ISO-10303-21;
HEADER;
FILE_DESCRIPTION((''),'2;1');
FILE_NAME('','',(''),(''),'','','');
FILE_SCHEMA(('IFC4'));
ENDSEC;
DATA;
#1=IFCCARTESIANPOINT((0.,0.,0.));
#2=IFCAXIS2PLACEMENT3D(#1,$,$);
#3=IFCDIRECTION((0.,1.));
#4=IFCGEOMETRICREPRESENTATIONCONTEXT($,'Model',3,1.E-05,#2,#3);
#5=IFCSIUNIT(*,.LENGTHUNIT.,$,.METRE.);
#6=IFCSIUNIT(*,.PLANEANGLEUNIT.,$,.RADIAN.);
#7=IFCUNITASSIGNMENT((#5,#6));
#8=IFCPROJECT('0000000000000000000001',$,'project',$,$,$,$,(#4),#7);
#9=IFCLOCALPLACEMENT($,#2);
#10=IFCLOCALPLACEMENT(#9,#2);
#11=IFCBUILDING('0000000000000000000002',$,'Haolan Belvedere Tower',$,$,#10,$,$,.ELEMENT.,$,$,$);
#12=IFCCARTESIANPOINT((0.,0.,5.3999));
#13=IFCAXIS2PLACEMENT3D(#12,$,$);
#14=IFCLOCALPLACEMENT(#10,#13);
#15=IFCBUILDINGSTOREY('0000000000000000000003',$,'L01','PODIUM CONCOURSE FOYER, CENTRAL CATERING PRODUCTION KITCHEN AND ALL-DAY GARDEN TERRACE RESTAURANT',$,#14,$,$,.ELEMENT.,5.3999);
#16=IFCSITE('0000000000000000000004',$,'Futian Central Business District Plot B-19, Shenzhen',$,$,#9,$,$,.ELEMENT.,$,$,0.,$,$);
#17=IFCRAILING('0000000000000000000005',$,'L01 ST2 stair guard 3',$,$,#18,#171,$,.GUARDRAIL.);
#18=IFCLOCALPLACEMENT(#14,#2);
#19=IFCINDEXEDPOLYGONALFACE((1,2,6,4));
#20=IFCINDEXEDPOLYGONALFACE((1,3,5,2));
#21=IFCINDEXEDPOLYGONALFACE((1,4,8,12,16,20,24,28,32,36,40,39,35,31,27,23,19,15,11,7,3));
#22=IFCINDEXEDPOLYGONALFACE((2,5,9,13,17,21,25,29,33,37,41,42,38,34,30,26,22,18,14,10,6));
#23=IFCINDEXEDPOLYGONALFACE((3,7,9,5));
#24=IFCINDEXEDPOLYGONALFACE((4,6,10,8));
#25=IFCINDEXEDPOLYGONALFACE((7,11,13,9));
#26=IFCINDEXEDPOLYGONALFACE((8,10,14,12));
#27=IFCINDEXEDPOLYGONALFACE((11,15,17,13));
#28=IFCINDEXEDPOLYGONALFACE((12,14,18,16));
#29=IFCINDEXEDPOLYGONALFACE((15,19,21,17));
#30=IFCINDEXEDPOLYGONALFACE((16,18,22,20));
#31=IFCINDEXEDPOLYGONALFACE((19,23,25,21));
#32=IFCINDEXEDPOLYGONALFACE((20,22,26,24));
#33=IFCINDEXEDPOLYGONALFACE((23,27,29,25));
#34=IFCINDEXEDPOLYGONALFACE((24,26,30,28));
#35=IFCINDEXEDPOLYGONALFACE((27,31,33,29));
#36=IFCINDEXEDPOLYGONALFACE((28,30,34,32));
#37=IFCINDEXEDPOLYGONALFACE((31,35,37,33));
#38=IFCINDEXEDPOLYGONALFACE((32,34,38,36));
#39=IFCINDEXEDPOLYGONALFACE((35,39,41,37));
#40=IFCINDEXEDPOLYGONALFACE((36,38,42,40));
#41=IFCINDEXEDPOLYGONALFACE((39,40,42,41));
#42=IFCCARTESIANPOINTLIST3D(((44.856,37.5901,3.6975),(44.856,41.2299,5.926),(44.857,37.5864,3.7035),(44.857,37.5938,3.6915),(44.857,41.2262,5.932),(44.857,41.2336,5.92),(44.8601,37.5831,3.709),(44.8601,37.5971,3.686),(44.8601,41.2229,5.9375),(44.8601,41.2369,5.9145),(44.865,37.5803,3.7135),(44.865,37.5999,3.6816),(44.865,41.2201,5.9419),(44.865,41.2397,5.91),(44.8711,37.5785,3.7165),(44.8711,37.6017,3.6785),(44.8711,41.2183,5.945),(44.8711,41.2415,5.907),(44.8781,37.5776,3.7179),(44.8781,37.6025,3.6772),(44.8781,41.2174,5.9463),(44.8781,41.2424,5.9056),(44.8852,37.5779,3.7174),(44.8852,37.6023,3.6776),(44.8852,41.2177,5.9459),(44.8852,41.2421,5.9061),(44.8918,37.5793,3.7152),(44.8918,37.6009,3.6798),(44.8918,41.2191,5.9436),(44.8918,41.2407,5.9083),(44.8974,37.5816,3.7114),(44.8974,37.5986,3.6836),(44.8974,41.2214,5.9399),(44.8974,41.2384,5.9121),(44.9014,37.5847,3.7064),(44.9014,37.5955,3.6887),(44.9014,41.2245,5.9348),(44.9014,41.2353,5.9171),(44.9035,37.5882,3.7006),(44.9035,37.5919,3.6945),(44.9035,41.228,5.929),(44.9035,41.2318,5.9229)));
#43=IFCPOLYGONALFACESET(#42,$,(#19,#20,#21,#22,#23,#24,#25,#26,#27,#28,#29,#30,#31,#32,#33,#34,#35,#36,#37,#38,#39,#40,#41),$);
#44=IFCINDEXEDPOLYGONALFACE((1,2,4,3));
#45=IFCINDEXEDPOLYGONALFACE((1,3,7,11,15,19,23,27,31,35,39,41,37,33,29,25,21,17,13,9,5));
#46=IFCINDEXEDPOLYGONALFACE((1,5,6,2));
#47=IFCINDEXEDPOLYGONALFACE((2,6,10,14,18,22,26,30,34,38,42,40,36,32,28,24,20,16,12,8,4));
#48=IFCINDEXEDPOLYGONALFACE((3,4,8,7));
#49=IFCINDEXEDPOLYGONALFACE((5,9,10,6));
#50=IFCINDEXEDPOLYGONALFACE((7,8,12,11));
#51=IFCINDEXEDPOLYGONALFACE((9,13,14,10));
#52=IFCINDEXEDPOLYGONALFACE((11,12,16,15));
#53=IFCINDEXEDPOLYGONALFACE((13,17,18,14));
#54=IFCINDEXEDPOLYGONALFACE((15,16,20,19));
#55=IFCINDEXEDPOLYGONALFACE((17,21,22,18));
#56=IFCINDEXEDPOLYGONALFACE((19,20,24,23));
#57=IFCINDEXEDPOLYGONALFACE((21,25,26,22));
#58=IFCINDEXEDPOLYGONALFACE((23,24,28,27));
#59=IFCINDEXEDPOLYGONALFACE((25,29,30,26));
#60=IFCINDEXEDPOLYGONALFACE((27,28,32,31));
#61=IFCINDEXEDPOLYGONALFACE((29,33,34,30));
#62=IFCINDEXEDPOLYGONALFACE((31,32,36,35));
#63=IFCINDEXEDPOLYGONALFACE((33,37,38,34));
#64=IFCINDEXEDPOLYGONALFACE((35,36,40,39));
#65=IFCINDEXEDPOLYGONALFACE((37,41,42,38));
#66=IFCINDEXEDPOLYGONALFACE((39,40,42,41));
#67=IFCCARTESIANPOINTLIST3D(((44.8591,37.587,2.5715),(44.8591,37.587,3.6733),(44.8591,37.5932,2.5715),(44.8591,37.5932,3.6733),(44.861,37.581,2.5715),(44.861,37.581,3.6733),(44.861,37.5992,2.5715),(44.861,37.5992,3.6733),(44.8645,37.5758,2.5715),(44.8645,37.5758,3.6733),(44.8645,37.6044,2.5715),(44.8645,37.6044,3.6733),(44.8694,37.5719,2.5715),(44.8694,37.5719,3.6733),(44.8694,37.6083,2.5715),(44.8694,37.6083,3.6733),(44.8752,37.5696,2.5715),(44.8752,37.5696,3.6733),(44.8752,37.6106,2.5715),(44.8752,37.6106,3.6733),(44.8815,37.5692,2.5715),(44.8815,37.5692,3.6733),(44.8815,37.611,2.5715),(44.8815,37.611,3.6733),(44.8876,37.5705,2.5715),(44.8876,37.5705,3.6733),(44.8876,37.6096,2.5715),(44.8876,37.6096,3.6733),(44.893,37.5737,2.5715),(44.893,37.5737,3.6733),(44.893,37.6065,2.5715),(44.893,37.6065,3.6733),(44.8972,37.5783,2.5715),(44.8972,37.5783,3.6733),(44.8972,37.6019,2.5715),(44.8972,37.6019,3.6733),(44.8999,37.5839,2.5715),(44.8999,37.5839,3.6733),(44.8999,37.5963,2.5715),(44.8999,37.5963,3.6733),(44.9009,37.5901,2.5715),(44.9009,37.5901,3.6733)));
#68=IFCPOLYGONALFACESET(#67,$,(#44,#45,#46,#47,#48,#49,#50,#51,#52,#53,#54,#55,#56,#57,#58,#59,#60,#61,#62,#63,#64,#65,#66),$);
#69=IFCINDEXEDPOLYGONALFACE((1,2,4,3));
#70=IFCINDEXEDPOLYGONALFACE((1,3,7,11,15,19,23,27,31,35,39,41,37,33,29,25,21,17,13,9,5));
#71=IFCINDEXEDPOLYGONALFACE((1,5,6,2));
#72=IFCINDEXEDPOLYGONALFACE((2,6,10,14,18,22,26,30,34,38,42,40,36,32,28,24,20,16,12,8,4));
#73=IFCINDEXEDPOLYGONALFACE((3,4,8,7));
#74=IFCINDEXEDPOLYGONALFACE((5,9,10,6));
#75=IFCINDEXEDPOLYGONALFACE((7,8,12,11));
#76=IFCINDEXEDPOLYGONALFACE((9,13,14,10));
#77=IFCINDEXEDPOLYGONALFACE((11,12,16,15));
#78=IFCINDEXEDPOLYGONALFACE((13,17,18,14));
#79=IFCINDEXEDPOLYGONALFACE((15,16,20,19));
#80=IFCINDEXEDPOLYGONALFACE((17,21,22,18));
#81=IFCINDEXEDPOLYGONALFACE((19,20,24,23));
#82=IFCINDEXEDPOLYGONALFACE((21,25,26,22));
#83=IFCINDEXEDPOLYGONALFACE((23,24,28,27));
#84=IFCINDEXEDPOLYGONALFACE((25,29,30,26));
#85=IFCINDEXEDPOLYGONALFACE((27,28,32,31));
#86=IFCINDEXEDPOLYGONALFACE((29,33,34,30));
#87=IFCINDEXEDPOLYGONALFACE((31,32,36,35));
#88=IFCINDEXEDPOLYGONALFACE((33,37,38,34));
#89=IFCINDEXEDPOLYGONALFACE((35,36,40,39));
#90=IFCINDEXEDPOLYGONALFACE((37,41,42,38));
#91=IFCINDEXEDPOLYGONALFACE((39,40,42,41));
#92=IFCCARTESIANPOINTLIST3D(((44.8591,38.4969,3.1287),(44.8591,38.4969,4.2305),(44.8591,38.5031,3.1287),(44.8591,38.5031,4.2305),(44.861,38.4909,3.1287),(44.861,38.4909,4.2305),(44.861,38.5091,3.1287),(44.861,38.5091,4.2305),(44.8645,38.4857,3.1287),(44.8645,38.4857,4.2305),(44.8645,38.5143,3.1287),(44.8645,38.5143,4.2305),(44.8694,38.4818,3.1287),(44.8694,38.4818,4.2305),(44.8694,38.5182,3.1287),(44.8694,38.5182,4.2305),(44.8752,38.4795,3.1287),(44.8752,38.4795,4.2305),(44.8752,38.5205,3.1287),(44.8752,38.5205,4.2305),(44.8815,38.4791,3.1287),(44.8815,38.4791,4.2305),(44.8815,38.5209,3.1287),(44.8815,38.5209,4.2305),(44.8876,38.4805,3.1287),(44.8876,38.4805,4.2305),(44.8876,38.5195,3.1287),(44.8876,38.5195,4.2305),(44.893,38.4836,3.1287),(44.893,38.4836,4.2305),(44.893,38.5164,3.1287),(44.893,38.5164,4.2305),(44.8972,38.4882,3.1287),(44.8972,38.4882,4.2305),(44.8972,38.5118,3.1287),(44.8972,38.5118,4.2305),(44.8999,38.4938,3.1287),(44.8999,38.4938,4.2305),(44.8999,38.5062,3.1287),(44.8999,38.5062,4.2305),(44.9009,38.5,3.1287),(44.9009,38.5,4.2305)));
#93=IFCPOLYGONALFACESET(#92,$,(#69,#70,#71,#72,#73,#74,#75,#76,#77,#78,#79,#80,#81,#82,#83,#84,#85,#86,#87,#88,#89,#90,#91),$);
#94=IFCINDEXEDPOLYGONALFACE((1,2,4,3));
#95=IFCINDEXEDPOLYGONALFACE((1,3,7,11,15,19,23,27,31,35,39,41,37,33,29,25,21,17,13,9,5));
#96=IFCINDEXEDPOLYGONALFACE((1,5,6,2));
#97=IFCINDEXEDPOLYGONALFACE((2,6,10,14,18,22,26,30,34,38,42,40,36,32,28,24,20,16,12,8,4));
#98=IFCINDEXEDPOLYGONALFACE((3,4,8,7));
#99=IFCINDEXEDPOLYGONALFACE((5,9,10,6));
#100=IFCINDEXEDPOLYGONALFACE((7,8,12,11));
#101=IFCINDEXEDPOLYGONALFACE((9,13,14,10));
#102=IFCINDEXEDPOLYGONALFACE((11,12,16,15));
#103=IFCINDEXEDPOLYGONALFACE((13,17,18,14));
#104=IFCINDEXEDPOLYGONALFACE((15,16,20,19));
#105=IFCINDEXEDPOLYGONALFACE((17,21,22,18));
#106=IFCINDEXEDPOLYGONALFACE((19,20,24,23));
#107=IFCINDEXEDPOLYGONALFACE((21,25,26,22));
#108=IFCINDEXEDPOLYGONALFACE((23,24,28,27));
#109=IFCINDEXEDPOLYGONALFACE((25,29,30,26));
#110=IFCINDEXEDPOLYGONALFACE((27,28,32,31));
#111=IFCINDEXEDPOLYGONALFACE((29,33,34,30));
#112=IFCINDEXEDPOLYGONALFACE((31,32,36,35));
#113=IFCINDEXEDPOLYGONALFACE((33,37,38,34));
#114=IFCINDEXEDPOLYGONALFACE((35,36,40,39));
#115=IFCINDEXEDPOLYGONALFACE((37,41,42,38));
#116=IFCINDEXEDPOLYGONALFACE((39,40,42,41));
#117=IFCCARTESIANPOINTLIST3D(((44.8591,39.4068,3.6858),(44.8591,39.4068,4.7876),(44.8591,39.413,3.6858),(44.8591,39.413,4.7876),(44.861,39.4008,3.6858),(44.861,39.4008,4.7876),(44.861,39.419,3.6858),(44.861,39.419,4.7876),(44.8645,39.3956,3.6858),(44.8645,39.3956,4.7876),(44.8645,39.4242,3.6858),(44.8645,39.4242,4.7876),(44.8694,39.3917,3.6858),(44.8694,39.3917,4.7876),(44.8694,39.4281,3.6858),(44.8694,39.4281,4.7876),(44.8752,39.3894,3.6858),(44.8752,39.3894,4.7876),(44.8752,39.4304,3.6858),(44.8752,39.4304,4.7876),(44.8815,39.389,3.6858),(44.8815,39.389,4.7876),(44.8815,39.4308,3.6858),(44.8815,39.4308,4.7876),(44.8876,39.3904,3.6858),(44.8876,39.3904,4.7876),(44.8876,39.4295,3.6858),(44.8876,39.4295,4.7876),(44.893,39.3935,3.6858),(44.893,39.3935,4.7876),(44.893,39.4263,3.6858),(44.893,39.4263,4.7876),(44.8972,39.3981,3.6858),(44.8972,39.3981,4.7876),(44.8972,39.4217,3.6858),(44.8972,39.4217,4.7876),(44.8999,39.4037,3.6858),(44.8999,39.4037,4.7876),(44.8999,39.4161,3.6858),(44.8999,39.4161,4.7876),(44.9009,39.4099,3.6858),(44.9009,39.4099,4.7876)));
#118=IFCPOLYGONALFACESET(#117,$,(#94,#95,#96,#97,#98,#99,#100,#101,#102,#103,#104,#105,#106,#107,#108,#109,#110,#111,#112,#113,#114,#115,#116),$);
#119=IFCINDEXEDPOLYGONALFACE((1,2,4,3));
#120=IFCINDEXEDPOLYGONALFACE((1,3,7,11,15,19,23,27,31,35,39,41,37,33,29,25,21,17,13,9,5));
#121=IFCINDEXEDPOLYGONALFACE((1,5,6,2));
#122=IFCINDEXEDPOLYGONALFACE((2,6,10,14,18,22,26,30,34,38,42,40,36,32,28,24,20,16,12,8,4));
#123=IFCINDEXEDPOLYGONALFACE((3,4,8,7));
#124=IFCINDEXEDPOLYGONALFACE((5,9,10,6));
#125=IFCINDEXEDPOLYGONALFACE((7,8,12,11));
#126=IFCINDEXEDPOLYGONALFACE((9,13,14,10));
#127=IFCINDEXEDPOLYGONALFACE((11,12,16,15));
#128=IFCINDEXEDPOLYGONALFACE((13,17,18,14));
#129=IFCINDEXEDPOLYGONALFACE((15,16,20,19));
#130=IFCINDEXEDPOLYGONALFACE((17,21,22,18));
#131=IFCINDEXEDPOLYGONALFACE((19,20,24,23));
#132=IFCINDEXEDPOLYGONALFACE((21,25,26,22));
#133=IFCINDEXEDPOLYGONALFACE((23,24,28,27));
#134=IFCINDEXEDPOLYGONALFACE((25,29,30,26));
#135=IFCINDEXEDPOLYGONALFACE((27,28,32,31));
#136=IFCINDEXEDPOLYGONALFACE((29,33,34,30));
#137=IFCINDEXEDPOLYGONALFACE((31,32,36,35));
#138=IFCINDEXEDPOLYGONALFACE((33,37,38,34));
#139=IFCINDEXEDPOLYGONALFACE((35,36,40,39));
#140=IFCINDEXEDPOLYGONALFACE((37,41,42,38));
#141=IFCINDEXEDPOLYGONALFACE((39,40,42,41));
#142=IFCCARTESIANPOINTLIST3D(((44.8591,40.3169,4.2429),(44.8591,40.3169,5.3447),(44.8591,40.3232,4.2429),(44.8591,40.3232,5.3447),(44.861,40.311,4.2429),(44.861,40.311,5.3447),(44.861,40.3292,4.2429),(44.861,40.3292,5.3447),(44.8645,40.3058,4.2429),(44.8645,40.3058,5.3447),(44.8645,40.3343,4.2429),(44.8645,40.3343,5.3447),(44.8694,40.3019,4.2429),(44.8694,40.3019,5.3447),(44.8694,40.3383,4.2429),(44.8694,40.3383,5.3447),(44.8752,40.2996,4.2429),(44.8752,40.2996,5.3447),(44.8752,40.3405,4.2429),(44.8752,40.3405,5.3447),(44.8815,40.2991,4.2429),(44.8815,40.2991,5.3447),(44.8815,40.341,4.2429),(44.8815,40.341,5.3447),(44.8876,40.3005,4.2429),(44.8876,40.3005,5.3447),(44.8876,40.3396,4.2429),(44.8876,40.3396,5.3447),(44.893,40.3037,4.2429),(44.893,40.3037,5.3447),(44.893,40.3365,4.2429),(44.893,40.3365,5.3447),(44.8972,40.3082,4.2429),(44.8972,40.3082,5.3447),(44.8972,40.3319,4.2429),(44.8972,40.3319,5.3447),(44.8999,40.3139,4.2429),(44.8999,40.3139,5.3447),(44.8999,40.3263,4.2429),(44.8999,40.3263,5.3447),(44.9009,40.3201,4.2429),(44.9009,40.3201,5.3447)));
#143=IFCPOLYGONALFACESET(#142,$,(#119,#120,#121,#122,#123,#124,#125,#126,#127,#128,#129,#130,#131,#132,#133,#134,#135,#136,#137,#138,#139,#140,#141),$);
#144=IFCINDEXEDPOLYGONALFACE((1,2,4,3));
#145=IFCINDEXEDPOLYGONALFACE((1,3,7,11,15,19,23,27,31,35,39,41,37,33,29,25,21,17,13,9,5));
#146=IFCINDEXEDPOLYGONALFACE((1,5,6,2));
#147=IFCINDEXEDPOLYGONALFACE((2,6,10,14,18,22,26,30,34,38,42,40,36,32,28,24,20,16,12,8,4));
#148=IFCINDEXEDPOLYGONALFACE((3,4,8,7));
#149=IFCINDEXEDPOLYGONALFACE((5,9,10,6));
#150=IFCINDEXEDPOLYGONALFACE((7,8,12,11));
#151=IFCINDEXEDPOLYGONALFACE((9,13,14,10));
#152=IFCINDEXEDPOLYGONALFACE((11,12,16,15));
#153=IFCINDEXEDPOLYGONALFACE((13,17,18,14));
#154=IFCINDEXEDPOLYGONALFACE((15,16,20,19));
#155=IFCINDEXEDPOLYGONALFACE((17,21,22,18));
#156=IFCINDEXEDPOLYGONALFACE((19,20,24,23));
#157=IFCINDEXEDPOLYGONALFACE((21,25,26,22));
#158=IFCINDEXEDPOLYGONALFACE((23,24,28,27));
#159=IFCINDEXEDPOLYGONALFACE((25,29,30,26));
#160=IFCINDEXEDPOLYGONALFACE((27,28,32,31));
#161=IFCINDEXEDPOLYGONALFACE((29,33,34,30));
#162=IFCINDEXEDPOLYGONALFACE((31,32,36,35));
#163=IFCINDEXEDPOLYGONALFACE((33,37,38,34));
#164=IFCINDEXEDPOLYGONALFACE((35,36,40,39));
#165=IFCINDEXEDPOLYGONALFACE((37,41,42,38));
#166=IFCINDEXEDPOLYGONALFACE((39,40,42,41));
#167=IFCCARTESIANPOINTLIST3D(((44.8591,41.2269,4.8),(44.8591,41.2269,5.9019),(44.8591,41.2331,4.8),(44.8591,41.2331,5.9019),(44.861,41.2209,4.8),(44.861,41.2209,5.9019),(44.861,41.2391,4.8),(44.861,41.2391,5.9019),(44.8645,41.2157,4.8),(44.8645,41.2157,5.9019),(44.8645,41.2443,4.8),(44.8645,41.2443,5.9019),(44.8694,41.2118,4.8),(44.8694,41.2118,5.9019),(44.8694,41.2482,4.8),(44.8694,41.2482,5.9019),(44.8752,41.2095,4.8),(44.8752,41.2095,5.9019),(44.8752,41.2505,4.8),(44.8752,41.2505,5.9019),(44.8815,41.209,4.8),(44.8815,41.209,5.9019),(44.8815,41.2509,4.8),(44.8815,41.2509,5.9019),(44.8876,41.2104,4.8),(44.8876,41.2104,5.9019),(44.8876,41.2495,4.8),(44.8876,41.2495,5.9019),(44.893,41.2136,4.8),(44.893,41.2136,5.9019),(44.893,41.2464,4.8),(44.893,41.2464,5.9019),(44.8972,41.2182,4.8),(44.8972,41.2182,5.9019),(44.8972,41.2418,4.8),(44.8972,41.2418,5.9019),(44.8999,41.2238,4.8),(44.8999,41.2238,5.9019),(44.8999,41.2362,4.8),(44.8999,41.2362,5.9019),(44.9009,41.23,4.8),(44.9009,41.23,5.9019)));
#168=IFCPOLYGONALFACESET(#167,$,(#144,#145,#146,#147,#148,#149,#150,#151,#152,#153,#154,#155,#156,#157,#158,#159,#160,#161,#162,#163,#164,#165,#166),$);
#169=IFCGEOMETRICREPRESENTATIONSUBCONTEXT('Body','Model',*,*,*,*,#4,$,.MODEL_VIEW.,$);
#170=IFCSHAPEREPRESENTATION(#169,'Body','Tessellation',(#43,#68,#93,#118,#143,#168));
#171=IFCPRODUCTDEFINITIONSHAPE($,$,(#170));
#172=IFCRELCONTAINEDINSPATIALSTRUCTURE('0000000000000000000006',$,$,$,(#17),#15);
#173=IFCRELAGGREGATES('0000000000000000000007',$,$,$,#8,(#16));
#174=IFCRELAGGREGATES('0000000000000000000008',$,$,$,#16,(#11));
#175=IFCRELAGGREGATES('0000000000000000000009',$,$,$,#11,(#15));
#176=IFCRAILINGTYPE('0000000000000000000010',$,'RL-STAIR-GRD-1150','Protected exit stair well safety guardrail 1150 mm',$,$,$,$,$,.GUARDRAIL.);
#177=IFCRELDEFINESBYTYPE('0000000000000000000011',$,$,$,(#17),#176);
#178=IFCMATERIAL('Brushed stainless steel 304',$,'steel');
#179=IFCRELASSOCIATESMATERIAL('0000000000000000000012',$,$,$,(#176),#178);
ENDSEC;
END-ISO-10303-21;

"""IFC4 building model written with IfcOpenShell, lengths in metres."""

from ifc_helpers import new_model, si_unit, direction, frame, origin, origin_2d, place, context, subcontext, project, spatial, circle, extrude, material, type_object, element, save


model = new_model("IFC4")

# Units and contexts
model_context = context("Model", 3, precision=1e-05, world=origin(), true_north=direction((0.0, 1.0)))
body_context = subcontext(model_context, "Body", "Model", "MODEL_VIEW")
ifc_project = project(units=[si_unit("LENGTHUNIT", "METRE"), si_unit("PLANEANGLEUNIT", "RADIAN")], contexts=[model_context])

# Site, building, storey
site_placement = place(None, origin())
site = spatial("IfcSite", under=ifc_project, at=site_placement, Name="Futian Central Business District Plot B-19, Shenzhen", CompositionType="ELEMENT", RefElevation=0.0)
building_placement = place(site_placement, origin())
building = spatial("IfcBuilding", under=site, at=building_placement, Name="Haolan Belvedere Tower", CompositionType="ELEMENT")
storey_placement = place(building_placement, frame((0.0, 0.0, 5.3999)))
storey = spatial("IfcBuildingStorey", under=building, at=storey_placement, Name="L01", Description="PODIUM CONCOURSE FOYER, CENTRAL CATERING PRODUCTION KITCHEN AND ALL-DAY GARDEN TERRACE RESTAURANT", CompositionType="ELEMENT", Elevation=5.3999)

# Railing
ifc_material_1 = material(Name="Brushed stainless steel 304", Category="steel")
railing_type_1 = type_object("IfcRailingType", Name="RL-STAIR-GRD-1150", Description="Protected exit stair well safety guardrail 1150 mm", PredefinedType="GUARDRAIL", material=ifc_material_1)
railing_1_placement = place(storey_placement, frame((44.8799, 37.5901, 2.5715)))
element("IfcRailing", 1, at=railing_1_placement, inside=storey, type_object=railing_type_1, Name="L01 ST2 stair guard 3", PredefinedType="GUARDRAIL", context=body_context, shape_type="SweptSolid", body=[
    extrude(circle(Radius=0.0239, at=origin_2d()), frame((0.0, 0.0, 1.126), z_axis=(0.0, 0.85285, 0.522156), x_axis=(-1.0, 0.0, 0.0)), (0.0, 0.0, 1.0), 4.2678),
    extrude(circle(Radius=0.021, at=origin_2d()), origin(), (0.0, 0.0, 1.0), 1.1018),
    extrude(circle(Radius=0.021, at=origin_2d()), frame((0.0, 0.9099, 0.5571)), (0.0, 0.0, 1.0), 1.1018),
    extrude(circle(Radius=0.021, at=origin_2d()), frame((0.0, 1.8198, 1.1143)), (0.0, 0.0, 1.0), 1.1018),
    extrude(circle(Radius=0.021, at=origin_2d()), frame((0.0, 2.73, 1.6714)), (0.0, 0.0, 1.0), 1.1018),
    extrude(circle(Radius=0.021, at=origin_2d()), frame((0.0, 3.6399, 2.2285)), (0.0, 0.0, 1.0), 1.1018),
])

save(model, "model.ifc")
